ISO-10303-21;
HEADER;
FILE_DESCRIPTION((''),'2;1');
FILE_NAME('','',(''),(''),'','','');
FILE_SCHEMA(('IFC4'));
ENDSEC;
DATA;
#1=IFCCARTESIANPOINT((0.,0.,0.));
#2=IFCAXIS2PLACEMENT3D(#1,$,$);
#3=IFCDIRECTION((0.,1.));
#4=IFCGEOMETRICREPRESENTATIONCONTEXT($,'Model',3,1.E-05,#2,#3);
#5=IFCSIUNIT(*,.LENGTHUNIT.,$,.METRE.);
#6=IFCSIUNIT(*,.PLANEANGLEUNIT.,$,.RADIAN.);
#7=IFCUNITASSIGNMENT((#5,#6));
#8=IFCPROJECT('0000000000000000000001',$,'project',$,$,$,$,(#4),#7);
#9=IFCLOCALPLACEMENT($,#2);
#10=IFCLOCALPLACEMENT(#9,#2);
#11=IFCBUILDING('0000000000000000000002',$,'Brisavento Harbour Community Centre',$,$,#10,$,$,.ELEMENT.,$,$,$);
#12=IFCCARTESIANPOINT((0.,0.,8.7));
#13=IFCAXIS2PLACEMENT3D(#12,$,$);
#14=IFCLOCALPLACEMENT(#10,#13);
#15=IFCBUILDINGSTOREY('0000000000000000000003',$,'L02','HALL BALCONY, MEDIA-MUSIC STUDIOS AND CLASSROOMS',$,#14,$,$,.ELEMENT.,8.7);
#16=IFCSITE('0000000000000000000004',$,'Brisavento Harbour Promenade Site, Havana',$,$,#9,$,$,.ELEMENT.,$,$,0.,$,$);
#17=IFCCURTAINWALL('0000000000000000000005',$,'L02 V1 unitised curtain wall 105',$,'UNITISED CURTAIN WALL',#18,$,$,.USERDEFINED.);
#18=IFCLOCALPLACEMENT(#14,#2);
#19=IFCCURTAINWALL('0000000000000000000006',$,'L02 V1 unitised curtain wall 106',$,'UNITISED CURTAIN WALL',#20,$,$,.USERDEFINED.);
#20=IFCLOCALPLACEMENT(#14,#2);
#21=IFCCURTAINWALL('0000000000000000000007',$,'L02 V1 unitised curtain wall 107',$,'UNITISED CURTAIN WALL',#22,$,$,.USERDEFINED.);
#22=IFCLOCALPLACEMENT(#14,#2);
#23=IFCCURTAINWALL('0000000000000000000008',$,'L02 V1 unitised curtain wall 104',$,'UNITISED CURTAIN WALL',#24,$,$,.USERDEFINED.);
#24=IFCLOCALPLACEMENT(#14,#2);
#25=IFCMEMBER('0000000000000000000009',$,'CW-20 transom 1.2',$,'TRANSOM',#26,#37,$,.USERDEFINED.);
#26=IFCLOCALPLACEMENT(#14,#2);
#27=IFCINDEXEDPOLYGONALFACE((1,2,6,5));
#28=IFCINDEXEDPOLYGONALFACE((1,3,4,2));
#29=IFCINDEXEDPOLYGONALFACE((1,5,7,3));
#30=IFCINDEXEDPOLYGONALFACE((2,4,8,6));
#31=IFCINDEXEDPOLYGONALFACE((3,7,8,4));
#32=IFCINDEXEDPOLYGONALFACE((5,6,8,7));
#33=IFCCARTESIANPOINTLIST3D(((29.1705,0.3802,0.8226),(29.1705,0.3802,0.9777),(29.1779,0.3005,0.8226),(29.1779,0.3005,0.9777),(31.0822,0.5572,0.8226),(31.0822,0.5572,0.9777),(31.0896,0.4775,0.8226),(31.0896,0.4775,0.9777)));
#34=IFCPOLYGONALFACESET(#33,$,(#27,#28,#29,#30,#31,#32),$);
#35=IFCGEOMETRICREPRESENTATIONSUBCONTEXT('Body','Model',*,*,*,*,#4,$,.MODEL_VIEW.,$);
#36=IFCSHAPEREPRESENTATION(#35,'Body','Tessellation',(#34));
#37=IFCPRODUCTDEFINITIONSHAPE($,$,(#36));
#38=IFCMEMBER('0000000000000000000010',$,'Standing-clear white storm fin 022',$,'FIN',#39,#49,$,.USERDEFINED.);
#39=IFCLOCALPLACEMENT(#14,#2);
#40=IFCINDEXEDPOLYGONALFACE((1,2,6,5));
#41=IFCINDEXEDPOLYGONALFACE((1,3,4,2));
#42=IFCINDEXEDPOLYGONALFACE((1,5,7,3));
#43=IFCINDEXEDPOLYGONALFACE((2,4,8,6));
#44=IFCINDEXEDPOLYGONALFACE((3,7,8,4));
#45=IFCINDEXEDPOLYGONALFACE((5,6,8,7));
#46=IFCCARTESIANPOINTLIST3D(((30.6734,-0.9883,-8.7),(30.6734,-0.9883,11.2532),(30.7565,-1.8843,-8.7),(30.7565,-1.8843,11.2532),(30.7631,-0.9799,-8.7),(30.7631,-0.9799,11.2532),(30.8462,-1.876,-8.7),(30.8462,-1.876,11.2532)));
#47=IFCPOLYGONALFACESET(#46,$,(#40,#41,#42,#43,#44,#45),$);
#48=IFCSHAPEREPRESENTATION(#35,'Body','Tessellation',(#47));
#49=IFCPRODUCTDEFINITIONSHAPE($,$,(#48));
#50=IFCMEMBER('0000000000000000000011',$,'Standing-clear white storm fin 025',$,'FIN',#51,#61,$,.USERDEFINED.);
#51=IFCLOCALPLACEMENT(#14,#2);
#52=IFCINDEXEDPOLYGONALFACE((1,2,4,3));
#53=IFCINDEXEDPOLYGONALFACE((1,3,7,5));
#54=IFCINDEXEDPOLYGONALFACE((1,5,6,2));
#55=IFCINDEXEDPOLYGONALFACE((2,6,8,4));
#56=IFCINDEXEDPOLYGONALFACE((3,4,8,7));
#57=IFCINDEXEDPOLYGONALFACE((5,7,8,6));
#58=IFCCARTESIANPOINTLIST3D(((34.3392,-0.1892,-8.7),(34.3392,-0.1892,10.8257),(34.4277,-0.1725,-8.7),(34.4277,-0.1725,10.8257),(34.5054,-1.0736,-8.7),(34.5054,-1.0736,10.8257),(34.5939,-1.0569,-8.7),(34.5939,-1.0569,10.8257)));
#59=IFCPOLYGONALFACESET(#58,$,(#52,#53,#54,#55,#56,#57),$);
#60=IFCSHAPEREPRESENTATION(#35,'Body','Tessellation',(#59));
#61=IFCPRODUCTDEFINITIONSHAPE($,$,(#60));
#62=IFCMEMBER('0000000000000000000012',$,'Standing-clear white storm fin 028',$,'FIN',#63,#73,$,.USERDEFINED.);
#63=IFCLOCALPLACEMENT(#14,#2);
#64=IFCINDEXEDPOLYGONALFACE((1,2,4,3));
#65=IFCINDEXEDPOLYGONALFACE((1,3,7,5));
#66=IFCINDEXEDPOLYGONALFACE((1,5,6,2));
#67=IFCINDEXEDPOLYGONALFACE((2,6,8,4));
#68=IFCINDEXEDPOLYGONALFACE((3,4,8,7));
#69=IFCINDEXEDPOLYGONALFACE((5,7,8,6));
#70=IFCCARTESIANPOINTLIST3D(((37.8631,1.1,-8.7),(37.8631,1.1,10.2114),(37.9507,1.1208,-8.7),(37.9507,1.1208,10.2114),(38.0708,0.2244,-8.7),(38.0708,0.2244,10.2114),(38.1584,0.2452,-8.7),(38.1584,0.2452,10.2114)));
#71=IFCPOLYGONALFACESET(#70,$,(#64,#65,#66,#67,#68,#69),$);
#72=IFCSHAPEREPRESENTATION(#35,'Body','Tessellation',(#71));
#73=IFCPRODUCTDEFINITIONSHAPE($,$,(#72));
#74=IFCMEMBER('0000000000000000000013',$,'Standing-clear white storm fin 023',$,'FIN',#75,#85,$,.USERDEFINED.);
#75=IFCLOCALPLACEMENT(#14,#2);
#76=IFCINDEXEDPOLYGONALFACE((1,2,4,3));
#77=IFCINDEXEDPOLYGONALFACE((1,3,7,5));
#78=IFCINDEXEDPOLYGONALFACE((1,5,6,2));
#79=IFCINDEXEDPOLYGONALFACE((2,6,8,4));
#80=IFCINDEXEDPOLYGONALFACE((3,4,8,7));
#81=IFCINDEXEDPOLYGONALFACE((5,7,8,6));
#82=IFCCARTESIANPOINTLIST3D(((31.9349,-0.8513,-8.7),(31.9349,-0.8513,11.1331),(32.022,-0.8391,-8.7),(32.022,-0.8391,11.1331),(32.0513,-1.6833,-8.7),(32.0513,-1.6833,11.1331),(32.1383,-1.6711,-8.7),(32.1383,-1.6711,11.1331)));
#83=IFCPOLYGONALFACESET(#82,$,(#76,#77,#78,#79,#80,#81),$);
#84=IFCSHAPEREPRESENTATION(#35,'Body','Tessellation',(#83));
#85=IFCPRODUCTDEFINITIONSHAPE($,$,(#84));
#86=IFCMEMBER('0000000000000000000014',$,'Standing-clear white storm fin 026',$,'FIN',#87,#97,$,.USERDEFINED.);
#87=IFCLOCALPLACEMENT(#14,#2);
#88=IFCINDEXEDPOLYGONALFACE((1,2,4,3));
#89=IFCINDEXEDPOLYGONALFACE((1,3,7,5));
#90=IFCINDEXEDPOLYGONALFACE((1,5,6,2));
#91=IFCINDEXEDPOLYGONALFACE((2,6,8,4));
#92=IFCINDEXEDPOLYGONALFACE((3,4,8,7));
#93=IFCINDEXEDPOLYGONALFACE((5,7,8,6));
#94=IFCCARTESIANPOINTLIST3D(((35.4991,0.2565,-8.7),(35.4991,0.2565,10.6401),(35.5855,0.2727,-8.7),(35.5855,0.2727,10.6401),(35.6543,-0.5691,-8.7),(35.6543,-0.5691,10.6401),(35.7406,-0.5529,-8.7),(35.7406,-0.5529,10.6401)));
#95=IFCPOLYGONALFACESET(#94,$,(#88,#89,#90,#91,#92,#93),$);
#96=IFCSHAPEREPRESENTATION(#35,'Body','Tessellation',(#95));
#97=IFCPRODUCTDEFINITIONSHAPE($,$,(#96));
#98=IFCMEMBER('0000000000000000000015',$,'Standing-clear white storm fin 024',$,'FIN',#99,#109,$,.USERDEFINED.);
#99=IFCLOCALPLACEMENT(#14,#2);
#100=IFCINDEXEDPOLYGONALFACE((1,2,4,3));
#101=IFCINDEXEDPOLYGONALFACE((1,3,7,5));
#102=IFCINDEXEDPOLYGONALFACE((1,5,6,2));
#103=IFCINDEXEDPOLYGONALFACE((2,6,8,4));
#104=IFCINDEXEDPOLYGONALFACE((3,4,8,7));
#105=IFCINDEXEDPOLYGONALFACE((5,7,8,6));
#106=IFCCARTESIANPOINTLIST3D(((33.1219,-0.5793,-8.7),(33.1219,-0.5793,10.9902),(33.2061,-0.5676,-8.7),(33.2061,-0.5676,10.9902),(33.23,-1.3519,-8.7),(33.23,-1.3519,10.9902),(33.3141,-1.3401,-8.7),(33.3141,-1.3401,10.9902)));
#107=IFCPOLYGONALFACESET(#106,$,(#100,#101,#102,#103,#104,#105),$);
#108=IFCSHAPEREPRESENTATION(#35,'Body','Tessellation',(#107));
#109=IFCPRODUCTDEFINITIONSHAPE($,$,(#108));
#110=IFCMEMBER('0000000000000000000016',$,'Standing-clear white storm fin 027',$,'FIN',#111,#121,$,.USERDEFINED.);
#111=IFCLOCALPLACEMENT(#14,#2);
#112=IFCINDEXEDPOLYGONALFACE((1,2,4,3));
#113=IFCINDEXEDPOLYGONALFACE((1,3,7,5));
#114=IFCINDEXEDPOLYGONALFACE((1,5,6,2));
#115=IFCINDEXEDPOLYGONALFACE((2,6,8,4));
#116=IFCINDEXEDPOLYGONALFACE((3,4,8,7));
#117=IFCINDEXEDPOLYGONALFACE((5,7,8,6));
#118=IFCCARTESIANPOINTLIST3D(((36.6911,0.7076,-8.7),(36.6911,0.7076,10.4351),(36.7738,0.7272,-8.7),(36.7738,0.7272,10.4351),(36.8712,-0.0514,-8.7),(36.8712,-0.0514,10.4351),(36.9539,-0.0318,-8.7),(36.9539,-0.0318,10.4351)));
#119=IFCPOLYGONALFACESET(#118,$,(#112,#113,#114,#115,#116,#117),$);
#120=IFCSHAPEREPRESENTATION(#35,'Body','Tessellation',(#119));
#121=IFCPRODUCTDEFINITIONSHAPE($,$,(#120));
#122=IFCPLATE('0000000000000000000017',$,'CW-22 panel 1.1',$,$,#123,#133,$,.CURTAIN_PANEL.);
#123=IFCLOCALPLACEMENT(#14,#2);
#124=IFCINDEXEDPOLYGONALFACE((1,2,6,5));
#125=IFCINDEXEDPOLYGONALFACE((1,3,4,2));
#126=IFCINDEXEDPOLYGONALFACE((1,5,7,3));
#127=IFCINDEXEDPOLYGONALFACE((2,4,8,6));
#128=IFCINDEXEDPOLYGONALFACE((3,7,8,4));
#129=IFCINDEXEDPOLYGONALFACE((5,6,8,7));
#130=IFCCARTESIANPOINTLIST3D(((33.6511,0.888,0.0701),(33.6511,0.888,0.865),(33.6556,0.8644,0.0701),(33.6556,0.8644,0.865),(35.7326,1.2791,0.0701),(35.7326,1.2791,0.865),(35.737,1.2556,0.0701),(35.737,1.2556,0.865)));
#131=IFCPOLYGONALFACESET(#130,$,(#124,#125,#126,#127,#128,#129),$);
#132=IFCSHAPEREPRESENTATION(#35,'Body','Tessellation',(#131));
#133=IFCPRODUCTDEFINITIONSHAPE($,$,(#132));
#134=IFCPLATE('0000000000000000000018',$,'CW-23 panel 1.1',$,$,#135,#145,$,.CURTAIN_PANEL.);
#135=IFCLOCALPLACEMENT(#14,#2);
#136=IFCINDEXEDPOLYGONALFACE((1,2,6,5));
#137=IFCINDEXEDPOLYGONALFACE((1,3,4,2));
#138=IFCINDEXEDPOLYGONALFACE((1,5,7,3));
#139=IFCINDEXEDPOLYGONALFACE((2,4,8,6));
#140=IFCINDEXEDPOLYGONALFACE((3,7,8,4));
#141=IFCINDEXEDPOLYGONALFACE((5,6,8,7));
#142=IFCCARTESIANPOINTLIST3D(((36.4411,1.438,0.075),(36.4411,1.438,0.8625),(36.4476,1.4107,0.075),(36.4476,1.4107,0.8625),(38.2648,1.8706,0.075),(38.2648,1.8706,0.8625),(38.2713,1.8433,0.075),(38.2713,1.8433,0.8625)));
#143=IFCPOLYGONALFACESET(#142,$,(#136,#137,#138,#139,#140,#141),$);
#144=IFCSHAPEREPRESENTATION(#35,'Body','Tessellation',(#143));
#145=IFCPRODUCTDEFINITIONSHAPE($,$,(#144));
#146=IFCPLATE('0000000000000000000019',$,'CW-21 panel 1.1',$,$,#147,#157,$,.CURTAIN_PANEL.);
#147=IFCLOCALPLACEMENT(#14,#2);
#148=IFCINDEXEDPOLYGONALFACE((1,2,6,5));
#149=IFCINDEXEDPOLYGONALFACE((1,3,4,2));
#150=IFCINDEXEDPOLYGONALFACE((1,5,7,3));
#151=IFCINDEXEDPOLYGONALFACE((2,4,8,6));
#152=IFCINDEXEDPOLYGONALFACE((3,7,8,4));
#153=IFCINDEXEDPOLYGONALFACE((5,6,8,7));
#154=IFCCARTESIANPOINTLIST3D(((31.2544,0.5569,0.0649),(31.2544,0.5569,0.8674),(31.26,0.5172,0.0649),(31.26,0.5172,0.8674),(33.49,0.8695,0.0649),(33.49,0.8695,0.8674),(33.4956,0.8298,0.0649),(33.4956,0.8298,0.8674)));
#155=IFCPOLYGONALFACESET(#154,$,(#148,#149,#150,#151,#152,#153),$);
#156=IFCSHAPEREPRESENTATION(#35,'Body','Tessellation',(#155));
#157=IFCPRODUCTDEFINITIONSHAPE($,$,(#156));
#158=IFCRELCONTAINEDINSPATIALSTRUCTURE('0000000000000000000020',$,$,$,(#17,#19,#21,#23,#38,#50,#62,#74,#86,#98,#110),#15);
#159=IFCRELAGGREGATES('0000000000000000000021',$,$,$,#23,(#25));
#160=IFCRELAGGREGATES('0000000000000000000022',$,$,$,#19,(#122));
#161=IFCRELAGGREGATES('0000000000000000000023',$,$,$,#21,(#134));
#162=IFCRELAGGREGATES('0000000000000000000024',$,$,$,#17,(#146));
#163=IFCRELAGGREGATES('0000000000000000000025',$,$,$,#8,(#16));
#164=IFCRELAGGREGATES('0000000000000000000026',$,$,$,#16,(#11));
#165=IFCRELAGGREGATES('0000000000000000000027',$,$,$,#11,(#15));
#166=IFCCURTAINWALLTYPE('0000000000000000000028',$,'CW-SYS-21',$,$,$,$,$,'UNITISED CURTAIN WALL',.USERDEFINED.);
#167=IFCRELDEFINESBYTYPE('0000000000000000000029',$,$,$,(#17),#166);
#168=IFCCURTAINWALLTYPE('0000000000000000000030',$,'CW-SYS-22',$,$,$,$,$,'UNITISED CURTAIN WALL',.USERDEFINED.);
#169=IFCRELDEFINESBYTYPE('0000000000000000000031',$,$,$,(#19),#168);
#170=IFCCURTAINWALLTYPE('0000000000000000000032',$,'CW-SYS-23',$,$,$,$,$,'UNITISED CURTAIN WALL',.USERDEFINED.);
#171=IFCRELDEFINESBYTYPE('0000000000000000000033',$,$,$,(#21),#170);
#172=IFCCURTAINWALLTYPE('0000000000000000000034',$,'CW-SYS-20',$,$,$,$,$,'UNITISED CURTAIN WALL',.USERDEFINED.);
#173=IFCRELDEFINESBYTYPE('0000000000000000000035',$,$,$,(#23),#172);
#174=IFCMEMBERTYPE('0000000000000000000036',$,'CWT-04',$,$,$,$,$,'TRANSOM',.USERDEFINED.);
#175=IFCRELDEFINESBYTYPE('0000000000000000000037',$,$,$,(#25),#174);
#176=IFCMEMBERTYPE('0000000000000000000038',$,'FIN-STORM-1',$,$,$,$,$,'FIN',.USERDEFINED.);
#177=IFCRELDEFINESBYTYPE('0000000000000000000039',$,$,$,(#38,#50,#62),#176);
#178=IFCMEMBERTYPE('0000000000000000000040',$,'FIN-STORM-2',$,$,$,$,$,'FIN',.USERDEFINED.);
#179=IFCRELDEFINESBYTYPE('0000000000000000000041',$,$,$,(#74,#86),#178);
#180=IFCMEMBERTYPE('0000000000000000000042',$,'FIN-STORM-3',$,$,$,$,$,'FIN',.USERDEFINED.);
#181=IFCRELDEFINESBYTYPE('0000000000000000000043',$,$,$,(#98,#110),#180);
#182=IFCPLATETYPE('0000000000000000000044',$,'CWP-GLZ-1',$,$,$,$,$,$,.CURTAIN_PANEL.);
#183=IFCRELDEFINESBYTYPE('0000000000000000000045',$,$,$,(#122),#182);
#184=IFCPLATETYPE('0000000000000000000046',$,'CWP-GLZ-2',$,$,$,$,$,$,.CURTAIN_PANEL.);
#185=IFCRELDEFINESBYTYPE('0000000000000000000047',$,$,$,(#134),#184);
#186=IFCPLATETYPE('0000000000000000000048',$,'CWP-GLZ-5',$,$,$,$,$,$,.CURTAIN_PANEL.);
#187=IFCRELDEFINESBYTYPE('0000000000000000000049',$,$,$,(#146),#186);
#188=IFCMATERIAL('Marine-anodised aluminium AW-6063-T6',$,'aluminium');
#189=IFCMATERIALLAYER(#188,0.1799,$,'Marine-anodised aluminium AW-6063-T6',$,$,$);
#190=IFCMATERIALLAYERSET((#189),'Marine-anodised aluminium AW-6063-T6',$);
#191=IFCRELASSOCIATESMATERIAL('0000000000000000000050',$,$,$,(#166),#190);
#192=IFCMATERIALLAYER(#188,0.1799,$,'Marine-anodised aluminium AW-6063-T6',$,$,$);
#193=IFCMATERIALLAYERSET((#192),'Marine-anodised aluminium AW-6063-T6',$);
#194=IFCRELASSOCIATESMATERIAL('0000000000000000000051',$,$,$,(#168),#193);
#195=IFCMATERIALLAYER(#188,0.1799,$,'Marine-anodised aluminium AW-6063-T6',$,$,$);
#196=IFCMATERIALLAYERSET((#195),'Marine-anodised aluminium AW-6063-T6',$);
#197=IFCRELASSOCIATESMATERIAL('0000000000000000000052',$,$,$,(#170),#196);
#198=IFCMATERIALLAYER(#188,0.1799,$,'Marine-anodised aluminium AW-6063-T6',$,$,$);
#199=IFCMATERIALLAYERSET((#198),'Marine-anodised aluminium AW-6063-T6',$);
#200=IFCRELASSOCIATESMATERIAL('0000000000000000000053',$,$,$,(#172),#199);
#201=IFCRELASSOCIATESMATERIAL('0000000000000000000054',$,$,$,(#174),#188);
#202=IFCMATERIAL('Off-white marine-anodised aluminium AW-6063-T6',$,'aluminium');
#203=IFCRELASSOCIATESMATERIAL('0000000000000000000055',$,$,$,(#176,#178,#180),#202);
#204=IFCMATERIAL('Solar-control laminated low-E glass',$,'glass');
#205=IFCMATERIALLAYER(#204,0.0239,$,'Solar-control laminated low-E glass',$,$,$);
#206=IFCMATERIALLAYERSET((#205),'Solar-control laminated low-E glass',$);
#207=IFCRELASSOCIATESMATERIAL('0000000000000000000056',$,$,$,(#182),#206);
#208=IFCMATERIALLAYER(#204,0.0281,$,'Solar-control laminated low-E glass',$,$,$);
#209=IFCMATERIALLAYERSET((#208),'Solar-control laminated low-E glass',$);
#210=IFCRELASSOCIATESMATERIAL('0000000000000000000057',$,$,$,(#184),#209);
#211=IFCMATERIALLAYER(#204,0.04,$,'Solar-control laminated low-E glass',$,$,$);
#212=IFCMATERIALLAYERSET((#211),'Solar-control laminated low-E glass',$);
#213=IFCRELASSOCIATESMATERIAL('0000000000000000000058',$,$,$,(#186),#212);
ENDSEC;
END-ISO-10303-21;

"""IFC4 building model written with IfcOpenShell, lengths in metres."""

from ifc_helpers import new_model, si_unit, direction, frame, origin, origin_2d, place, context, subcontext, project, spatial, rectangle, extrude, material, layer, layer_set, material_profile, profile_set, type_object, element, aggregate, save


model = new_model("IFC4")

# Units and contexts
model_context = context("Model", 3, precision=1e-05, world=origin(), true_north=direction((0.0, 1.0)))
body_context = subcontext(model_context, "Body", "Model", "MODEL_VIEW")
ifc_project = project(units=[si_unit("LENGTHUNIT", "METRE"), si_unit("PLANEANGLEUNIT", "RADIAN")], contexts=[model_context])

# Site, building, storey
site_placement = place(None, origin())
site = spatial("IfcSite", under=ifc_project, at=site_placement, Name="Brisavento Harbour Promenade Site, Havana", CompositionType="ELEMENT", RefElevation=0.0)
building_placement = place(site_placement, origin())
building = spatial("IfcBuilding", under=site, at=building_placement, Name="Brisavento Harbour Community Centre", CompositionType="ELEMENT")
storey_placement = place(building_placement, frame((0.0, 0.0, 8.7)))
storey = spatial("IfcBuildingStorey", under=building, at=storey_placement, Name="L02", Description="HALL BALCONY, MEDIA-MUSIC STUDIOS AND CLASSROOMS", CompositionType="ELEMENT", Elevation=8.7)

# Curtain walls
ifc_material_1 = material(Name="Marine-anodised aluminium AW-6063-T6", Category="aluminium")
ifc_layer_1 = layer(ifc_material_1, 0.1799, Name="Marine-anodised aluminium AW-6063-T6")
ifc_layer_set_1 = layer_set([ifc_layer_1], Name="Marine-anodised aluminium AW-6063-T6")
curtain_wall_type_1 = type_object("IfcCurtainWallType", Name="CW-SYS-21", ElementType="UNITISED CURTAIN WALL", PredefinedType="USERDEFINED", material=ifc_layer_set_1)
curtain_wall_1_placement = place(storey_placement, origin())
curtain_wall_1 = element("IfcCurtainWall", 1, at=curtain_wall_1_placement, inside=storey, type_object=curtain_wall_type_1, Name="L02 V1 unitised curtain wall 105", ObjectType="UNITISED CURTAIN WALL", PredefinedType="USERDEFINED")
ifc_layer_2 = layer(ifc_material_1, 0.1799, Name="Marine-anodised aluminium AW-6063-T6")
ifc_layer_set_2 = layer_set([ifc_layer_2], Name="Marine-anodised aluminium AW-6063-T6")
curtain_wall_type_2 = type_object("IfcCurtainWallType", Name="CW-SYS-22", ElementType="UNITISED CURTAIN WALL", PredefinedType="USERDEFINED", material=ifc_layer_set_2)
curtain_wall_2_placement = place(storey_placement, origin())
curtain_wall_2 = element("IfcCurtainWall", 2, at=curtain_wall_2_placement, inside=storey, type_object=curtain_wall_type_2, Name="L02 V1 unitised curtain wall 106", ObjectType="UNITISED CURTAIN WALL", PredefinedType="USERDEFINED")

# Curtain walls
ifc_layer_3 = layer(ifc_material_1, 0.1799, Name="Marine-anodised aluminium AW-6063-T6")
ifc_layer_set_3 = layer_set([ifc_layer_3], Name="Marine-anodised aluminium AW-6063-T6")
curtain_wall_type_3 = type_object("IfcCurtainWallType", Name="CW-SYS-23", ElementType="UNITISED CURTAIN WALL", PredefinedType="USERDEFINED", material=ifc_layer_set_3)
curtain_wall_3_placement = place(storey_placement, origin())
curtain_wall_3 = element("IfcCurtainWall", 3, at=curtain_wall_3_placement, inside=storey, type_object=curtain_wall_type_3, Name="L02 V1 unitised curtain wall 107", ObjectType="UNITISED CURTAIN WALL", PredefinedType="USERDEFINED")
ifc_layer_4 = layer(ifc_material_1, 0.1799, Name="Marine-anodised aluminium AW-6063-T6")
ifc_layer_set_4 = layer_set([ifc_layer_4], Name="Marine-anodised aluminium AW-6063-T6")
curtain_wall_type_4 = type_object("IfcCurtainWallType", Name="CW-SYS-20", ElementType="UNITISED CURTAIN WALL", PredefinedType="USERDEFINED", material=ifc_layer_set_4)
curtain_wall_4_placement = place(storey_placement, origin())
curtain_wall_4 = element("IfcCurtainWall", 4, at=curtain_wall_4_placement, inside=storey, type_object=curtain_wall_type_4, Name="L02 V1 unitised curtain wall 104", ObjectType="UNITISED CURTAIN WALL", PredefinedType="USERDEFINED")

# Member
ifc_material_profile_1 = material_profile(ifc_material_1, rectangle(XDim=0.0801, YDim=0.155, at=origin_2d()), Name="Marine-anodised aluminium AW-6063-T6")
ifc_profile_set_1 = profile_set([ifc_material_profile_1], Name="Marine-anodised aluminium AW-6063-T6")
member_type_1 = type_object("IfcMemberType", Name="CWT-04", ElementType="TRANSOM", PredefinedType="USERDEFINED", material=ifc_profile_set_1)
member_1_placement = place(storey_placement, frame((31.0859, 0.5173, 0.9001), z_axis=(-0.995742, -0.092187, 0.0), x_axis=(0.092187, -0.995742, 0.0)))
member_1 = element("IfcMember", 5, at=member_1_placement, type_object=member_type_1, Name="CW-20 transom 1.2", ObjectType="TRANSOM", PredefinedType="USERDEFINED", context=body_context, shape_type="SweptSolid", body=[
    extrude(rectangle(XDim=0.0801, YDim=0.155, at=origin_2d()), origin(), (0.0, 0.0, 1.0), 1.9199),
])
aggregate(curtain_wall_4, [member_1])

# Members
ifc_material_2 = material(Name="Off-white marine-anodised aluminium AW-6063-T6", Category="aluminium")
ifc_material_profile_2 = material_profile(ifc_material_2, rectangle(XDim=0.0901, YDim=0.8999, at=origin_2d()), Name="Off-white marine-anodised aluminium AW-6063-T6")
ifc_profile_set_2 = profile_set([ifc_material_profile_2], Name="Off-white marine-anodised aluminium AW-6063-T6")
member_type_2 = type_object("IfcMemberType", Name="FIN-STORM-1", ElementType="FIN", PredefinedType="USERDEFINED", material=ifc_profile_set_2)
member_2_placement = place(storey_placement, frame((30.7598, -1.4321, -8.7), z_axis=(0.0, 0.0, 1.0), x_axis=(-0.995728, -0.092336, 0.0)))
element("IfcMember", 6, at=member_2_placement, inside=storey, type_object=member_type_2, Name="Standing-clear white storm fin 022", ObjectType="FIN", PredefinedType="USERDEFINED", context=body_context, shape_type="SweptSolid", body=[
    extrude(rectangle(XDim=0.0901, YDim=0.8999, at=origin_2d()), origin(), (0.0, 0.0, 1.0), 19.9531),
])
member_3_placement = place(storey_placement, frame((34.4666, -0.623, -8.7), z_axis=(0.0, 0.0, 1.0), x_axis=(-0.9828, -0.184672, 0.0)))
element("IfcMember", 7, at=member_3_placement, inside=storey, type_object=member_type_2, Name="Standing-clear white storm fin 025", ObjectType="FIN", PredefinedType="USERDEFINED", context=body_context, shape_type="SweptSolid", body=[
    extrude(rectangle(XDim=0.0901, YDim=0.8999, at=origin_2d()), origin(), (0.0, 0.0, 1.0), 19.5256),
])
member_4_placement = place(storey_placement, frame((38.0107, 0.6726, -8.7), z_axis=(0.0, 0.0, 1.0), x_axis=(-0.972994, -0.230831, 0.0)))
element("IfcMember", 8, at=member_4_placement, inside=storey, type_object=member_type_2, Name="Standing-clear white storm fin 028", ObjectType="FIN", PredefinedType="USERDEFINED", context=body_context, shape_type="SweptSolid", body=[
    extrude(rectangle(XDim=0.0901, YDim=0.8999, at=origin_2d()), origin(), (0.0, 0.0, 1.0), 18.9114),
])
ifc_material_profile_3 = material_profile(ifc_material_2, rectangle(XDim=0.0879, YDim=0.8401, at=origin_2d()), Name="Off-white marine-anodised aluminium AW-6063-T6")
ifc_profile_set_3 = profile_set([ifc_material_profile_3], Name="Off-white marine-anodised aluminium AW-6063-T6")
member_type_3 = type_object("IfcMemberType", Name="FIN-STORM-2", ElementType="FIN", PredefinedType="USERDEFINED", material=ifc_profile_set_3)
member_5_placement = place(storey_placement, frame((32.0366, -1.2612, -8.7), z_axis=(0.0, 0.0, 1.0), x_axis=(-0.990363, -0.138499, 0.0)))
element("IfcMember", 9, at=member_5_placement, inside=storey, type_object=member_type_3, Name="Standing-clear white storm fin 023", ObjectType="FIN", PredefinedType="USERDEFINED", context=body_context, shape_type="SweptSolid", body=[
    extrude(rectangle(XDim=0.0879, YDim=0.8401, at=origin_2d()), origin(), (0.0, 0.0, 1.0), 19.833),
])
member_6_placement = place(storey_placement, frame((35.6199, -0.1482, -8.7), z_axis=(0.0, 0.0, 1.0), x_axis=(-0.9828, -0.184672, 0.0)))
element("IfcMember", 10, at=member_6_placement, inside=storey, type_object=member_type_3, Name="Standing-clear white storm fin 026", ObjectType="FIN", PredefinedType="USERDEFINED", context=body_context, shape_type="SweptSolid", body=[
    extrude(rectangle(XDim=0.0879, YDim=0.8401, at=origin_2d()), origin(), (0.0, 0.0, 1.0), 19.3401),
])
ifc_material_profile_4 = material_profile(ifc_material_2, rectangle(XDim=0.085, YDim=0.78, at=origin_2d()), Name="Off-white marine-anodised aluminium AW-6063-T6")
ifc_profile_set_4 = profile_set([ifc_material_profile_4], Name="Off-white marine-anodised aluminium AW-6063-T6")
member_type_4 = type_object("IfcMemberType", Name="FIN-STORM-3", ElementType="FIN", PredefinedType="USERDEFINED", material=ifc_profile_set_4)
member_7_placement = place(storey_placement, frame((33.218, -0.9597, -8.7), z_axis=(0.0, 0.0, 1.0), x_axis=(-0.990363, -0.138499, 0.0)))
element("IfcMember", 11, at=member_7_placement, inside=storey, type_object=member_type_4, Name="Standing-clear white storm fin 024", ObjectType="FIN", PredefinedType="USERDEFINED", context=body_context, shape_type="SweptSolid", body=[
    extrude(rectangle(XDim=0.085, YDim=0.78, at=origin_2d()), origin(), (0.0, 0.0, 1.0), 19.6902),
])
member_8_placement = place(storey_placement, frame((36.8225, 0.3379, -8.7), z_axis=(0.0, 0.0, 1.0), x_axis=(-0.972994, -0.230831, 0.0)))
element("IfcMember", 12, at=member_8_placement, inside=storey, type_object=member_type_4, Name="Standing-clear white storm fin 027", ObjectType="FIN", PredefinedType="USERDEFINED", context=body_context, shape_type="SweptSolid", body=[
    extrude(rectangle(XDim=0.085, YDim=0.78, at=origin_2d()), origin(), (0.0, 0.0, 1.0), 19.135),
])

# Plates
ifc_material_3 = material(Name="Solar-control laminated low-E glass", Category="glass")
ifc_layer_5 = layer(ifc_material_3, 0.0239, Name="Solar-control laminated low-E glass")
ifc_layer_set_5 = layer_set([ifc_layer_5], Name="Solar-control laminated low-E glass")
plate_type_1 = type_object("IfcPlateType", Name="CWP-GLZ-1", PredefinedType="CURTAIN_PANEL", material=ifc_layer_set_5)
plate_1_placement = place(storey_placement, frame((34.6941, 1.0718, 0.0701), z_axis=(0.0, 0.0, 1.0), x_axis=(-0.982797, -0.18469, 0.0)))
plate_1 = element("IfcPlate", 13, at=plate_1_placement, type_object=plate_type_1, Name="CW-22 panel 1.1", PredefinedType="CURTAIN_PANEL", context=body_context, shape_type="SweptSolid", body=[
    extrude(rectangle(XDim=2.1179, YDim=0.0239, at=origin_2d()), origin(), (0.0, 0.0, 1.0), 0.7949),
])
aggregate(curtain_wall_2, [plate_1])
ifc_layer_6 = layer(ifc_material_3, 0.0281, Name="Solar-control laminated low-E glass")
ifc_layer_set_6 = layer_set([ifc_layer_6], Name="Solar-control laminated low-E glass")
plate_type_2 = type_object("IfcPlateType", Name="CWP-GLZ-2", PredefinedType="CURTAIN_PANEL", material=ifc_layer_set_6)
plate_2_placement = place(storey_placement, frame((37.3562, 1.6406, 0.075), z_axis=(0.0, 0.0, 1.0), x_axis=(-0.972998, -0.230812, 0.0)))
plate_2 = element("IfcPlate", 14, at=plate_2_placement, type_object=plate_type_2, Name="CW-23 panel 1.1", PredefinedType="CURTAIN_PANEL", context=body_context, shape_type="SweptSolid", body=[
    extrude(rectangle(XDim=1.8743, YDim=0.0281, at=origin_2d()), origin(), (0.0, 0.0, 1.0), 0.7876),
])
aggregate(curtain_wall_3, [plate_2])
ifc_layer_7 = layer(ifc_material_3, 0.04, Name="Solar-control laminated low-E glass")
ifc_layer_set_7 = layer_set([ifc_layer_7], Name="Solar-control laminated low-E glass")
plate_type_3 = type_object("IfcPlateType", Name="CWP-GLZ-5", PredefinedType="CURTAIN_PANEL", material=ifc_layer_set_7)
plate_3_placement = place(storey_placement, frame((32.375, 0.6934, 0.0649), z_axis=(0.0, 0.0, 1.0), x_axis=(-0.990366, -0.138477, 0.0)))
plate_3 = element("IfcPlate", 15, at=plate_3_placement, type_object=plate_type_3, Name="CW-21 panel 1.1", PredefinedType="CURTAIN_PANEL", context=body_context, shape_type="SweptSolid", body=[
    extrude(rectangle(XDim=2.2573, YDim=0.04, at=origin_2d()), origin(), (0.0, 0.0, 1.0), 0.8025),
])
aggregate(curtain_wall_1, [plate_3])

save(model, "model.ifc")
